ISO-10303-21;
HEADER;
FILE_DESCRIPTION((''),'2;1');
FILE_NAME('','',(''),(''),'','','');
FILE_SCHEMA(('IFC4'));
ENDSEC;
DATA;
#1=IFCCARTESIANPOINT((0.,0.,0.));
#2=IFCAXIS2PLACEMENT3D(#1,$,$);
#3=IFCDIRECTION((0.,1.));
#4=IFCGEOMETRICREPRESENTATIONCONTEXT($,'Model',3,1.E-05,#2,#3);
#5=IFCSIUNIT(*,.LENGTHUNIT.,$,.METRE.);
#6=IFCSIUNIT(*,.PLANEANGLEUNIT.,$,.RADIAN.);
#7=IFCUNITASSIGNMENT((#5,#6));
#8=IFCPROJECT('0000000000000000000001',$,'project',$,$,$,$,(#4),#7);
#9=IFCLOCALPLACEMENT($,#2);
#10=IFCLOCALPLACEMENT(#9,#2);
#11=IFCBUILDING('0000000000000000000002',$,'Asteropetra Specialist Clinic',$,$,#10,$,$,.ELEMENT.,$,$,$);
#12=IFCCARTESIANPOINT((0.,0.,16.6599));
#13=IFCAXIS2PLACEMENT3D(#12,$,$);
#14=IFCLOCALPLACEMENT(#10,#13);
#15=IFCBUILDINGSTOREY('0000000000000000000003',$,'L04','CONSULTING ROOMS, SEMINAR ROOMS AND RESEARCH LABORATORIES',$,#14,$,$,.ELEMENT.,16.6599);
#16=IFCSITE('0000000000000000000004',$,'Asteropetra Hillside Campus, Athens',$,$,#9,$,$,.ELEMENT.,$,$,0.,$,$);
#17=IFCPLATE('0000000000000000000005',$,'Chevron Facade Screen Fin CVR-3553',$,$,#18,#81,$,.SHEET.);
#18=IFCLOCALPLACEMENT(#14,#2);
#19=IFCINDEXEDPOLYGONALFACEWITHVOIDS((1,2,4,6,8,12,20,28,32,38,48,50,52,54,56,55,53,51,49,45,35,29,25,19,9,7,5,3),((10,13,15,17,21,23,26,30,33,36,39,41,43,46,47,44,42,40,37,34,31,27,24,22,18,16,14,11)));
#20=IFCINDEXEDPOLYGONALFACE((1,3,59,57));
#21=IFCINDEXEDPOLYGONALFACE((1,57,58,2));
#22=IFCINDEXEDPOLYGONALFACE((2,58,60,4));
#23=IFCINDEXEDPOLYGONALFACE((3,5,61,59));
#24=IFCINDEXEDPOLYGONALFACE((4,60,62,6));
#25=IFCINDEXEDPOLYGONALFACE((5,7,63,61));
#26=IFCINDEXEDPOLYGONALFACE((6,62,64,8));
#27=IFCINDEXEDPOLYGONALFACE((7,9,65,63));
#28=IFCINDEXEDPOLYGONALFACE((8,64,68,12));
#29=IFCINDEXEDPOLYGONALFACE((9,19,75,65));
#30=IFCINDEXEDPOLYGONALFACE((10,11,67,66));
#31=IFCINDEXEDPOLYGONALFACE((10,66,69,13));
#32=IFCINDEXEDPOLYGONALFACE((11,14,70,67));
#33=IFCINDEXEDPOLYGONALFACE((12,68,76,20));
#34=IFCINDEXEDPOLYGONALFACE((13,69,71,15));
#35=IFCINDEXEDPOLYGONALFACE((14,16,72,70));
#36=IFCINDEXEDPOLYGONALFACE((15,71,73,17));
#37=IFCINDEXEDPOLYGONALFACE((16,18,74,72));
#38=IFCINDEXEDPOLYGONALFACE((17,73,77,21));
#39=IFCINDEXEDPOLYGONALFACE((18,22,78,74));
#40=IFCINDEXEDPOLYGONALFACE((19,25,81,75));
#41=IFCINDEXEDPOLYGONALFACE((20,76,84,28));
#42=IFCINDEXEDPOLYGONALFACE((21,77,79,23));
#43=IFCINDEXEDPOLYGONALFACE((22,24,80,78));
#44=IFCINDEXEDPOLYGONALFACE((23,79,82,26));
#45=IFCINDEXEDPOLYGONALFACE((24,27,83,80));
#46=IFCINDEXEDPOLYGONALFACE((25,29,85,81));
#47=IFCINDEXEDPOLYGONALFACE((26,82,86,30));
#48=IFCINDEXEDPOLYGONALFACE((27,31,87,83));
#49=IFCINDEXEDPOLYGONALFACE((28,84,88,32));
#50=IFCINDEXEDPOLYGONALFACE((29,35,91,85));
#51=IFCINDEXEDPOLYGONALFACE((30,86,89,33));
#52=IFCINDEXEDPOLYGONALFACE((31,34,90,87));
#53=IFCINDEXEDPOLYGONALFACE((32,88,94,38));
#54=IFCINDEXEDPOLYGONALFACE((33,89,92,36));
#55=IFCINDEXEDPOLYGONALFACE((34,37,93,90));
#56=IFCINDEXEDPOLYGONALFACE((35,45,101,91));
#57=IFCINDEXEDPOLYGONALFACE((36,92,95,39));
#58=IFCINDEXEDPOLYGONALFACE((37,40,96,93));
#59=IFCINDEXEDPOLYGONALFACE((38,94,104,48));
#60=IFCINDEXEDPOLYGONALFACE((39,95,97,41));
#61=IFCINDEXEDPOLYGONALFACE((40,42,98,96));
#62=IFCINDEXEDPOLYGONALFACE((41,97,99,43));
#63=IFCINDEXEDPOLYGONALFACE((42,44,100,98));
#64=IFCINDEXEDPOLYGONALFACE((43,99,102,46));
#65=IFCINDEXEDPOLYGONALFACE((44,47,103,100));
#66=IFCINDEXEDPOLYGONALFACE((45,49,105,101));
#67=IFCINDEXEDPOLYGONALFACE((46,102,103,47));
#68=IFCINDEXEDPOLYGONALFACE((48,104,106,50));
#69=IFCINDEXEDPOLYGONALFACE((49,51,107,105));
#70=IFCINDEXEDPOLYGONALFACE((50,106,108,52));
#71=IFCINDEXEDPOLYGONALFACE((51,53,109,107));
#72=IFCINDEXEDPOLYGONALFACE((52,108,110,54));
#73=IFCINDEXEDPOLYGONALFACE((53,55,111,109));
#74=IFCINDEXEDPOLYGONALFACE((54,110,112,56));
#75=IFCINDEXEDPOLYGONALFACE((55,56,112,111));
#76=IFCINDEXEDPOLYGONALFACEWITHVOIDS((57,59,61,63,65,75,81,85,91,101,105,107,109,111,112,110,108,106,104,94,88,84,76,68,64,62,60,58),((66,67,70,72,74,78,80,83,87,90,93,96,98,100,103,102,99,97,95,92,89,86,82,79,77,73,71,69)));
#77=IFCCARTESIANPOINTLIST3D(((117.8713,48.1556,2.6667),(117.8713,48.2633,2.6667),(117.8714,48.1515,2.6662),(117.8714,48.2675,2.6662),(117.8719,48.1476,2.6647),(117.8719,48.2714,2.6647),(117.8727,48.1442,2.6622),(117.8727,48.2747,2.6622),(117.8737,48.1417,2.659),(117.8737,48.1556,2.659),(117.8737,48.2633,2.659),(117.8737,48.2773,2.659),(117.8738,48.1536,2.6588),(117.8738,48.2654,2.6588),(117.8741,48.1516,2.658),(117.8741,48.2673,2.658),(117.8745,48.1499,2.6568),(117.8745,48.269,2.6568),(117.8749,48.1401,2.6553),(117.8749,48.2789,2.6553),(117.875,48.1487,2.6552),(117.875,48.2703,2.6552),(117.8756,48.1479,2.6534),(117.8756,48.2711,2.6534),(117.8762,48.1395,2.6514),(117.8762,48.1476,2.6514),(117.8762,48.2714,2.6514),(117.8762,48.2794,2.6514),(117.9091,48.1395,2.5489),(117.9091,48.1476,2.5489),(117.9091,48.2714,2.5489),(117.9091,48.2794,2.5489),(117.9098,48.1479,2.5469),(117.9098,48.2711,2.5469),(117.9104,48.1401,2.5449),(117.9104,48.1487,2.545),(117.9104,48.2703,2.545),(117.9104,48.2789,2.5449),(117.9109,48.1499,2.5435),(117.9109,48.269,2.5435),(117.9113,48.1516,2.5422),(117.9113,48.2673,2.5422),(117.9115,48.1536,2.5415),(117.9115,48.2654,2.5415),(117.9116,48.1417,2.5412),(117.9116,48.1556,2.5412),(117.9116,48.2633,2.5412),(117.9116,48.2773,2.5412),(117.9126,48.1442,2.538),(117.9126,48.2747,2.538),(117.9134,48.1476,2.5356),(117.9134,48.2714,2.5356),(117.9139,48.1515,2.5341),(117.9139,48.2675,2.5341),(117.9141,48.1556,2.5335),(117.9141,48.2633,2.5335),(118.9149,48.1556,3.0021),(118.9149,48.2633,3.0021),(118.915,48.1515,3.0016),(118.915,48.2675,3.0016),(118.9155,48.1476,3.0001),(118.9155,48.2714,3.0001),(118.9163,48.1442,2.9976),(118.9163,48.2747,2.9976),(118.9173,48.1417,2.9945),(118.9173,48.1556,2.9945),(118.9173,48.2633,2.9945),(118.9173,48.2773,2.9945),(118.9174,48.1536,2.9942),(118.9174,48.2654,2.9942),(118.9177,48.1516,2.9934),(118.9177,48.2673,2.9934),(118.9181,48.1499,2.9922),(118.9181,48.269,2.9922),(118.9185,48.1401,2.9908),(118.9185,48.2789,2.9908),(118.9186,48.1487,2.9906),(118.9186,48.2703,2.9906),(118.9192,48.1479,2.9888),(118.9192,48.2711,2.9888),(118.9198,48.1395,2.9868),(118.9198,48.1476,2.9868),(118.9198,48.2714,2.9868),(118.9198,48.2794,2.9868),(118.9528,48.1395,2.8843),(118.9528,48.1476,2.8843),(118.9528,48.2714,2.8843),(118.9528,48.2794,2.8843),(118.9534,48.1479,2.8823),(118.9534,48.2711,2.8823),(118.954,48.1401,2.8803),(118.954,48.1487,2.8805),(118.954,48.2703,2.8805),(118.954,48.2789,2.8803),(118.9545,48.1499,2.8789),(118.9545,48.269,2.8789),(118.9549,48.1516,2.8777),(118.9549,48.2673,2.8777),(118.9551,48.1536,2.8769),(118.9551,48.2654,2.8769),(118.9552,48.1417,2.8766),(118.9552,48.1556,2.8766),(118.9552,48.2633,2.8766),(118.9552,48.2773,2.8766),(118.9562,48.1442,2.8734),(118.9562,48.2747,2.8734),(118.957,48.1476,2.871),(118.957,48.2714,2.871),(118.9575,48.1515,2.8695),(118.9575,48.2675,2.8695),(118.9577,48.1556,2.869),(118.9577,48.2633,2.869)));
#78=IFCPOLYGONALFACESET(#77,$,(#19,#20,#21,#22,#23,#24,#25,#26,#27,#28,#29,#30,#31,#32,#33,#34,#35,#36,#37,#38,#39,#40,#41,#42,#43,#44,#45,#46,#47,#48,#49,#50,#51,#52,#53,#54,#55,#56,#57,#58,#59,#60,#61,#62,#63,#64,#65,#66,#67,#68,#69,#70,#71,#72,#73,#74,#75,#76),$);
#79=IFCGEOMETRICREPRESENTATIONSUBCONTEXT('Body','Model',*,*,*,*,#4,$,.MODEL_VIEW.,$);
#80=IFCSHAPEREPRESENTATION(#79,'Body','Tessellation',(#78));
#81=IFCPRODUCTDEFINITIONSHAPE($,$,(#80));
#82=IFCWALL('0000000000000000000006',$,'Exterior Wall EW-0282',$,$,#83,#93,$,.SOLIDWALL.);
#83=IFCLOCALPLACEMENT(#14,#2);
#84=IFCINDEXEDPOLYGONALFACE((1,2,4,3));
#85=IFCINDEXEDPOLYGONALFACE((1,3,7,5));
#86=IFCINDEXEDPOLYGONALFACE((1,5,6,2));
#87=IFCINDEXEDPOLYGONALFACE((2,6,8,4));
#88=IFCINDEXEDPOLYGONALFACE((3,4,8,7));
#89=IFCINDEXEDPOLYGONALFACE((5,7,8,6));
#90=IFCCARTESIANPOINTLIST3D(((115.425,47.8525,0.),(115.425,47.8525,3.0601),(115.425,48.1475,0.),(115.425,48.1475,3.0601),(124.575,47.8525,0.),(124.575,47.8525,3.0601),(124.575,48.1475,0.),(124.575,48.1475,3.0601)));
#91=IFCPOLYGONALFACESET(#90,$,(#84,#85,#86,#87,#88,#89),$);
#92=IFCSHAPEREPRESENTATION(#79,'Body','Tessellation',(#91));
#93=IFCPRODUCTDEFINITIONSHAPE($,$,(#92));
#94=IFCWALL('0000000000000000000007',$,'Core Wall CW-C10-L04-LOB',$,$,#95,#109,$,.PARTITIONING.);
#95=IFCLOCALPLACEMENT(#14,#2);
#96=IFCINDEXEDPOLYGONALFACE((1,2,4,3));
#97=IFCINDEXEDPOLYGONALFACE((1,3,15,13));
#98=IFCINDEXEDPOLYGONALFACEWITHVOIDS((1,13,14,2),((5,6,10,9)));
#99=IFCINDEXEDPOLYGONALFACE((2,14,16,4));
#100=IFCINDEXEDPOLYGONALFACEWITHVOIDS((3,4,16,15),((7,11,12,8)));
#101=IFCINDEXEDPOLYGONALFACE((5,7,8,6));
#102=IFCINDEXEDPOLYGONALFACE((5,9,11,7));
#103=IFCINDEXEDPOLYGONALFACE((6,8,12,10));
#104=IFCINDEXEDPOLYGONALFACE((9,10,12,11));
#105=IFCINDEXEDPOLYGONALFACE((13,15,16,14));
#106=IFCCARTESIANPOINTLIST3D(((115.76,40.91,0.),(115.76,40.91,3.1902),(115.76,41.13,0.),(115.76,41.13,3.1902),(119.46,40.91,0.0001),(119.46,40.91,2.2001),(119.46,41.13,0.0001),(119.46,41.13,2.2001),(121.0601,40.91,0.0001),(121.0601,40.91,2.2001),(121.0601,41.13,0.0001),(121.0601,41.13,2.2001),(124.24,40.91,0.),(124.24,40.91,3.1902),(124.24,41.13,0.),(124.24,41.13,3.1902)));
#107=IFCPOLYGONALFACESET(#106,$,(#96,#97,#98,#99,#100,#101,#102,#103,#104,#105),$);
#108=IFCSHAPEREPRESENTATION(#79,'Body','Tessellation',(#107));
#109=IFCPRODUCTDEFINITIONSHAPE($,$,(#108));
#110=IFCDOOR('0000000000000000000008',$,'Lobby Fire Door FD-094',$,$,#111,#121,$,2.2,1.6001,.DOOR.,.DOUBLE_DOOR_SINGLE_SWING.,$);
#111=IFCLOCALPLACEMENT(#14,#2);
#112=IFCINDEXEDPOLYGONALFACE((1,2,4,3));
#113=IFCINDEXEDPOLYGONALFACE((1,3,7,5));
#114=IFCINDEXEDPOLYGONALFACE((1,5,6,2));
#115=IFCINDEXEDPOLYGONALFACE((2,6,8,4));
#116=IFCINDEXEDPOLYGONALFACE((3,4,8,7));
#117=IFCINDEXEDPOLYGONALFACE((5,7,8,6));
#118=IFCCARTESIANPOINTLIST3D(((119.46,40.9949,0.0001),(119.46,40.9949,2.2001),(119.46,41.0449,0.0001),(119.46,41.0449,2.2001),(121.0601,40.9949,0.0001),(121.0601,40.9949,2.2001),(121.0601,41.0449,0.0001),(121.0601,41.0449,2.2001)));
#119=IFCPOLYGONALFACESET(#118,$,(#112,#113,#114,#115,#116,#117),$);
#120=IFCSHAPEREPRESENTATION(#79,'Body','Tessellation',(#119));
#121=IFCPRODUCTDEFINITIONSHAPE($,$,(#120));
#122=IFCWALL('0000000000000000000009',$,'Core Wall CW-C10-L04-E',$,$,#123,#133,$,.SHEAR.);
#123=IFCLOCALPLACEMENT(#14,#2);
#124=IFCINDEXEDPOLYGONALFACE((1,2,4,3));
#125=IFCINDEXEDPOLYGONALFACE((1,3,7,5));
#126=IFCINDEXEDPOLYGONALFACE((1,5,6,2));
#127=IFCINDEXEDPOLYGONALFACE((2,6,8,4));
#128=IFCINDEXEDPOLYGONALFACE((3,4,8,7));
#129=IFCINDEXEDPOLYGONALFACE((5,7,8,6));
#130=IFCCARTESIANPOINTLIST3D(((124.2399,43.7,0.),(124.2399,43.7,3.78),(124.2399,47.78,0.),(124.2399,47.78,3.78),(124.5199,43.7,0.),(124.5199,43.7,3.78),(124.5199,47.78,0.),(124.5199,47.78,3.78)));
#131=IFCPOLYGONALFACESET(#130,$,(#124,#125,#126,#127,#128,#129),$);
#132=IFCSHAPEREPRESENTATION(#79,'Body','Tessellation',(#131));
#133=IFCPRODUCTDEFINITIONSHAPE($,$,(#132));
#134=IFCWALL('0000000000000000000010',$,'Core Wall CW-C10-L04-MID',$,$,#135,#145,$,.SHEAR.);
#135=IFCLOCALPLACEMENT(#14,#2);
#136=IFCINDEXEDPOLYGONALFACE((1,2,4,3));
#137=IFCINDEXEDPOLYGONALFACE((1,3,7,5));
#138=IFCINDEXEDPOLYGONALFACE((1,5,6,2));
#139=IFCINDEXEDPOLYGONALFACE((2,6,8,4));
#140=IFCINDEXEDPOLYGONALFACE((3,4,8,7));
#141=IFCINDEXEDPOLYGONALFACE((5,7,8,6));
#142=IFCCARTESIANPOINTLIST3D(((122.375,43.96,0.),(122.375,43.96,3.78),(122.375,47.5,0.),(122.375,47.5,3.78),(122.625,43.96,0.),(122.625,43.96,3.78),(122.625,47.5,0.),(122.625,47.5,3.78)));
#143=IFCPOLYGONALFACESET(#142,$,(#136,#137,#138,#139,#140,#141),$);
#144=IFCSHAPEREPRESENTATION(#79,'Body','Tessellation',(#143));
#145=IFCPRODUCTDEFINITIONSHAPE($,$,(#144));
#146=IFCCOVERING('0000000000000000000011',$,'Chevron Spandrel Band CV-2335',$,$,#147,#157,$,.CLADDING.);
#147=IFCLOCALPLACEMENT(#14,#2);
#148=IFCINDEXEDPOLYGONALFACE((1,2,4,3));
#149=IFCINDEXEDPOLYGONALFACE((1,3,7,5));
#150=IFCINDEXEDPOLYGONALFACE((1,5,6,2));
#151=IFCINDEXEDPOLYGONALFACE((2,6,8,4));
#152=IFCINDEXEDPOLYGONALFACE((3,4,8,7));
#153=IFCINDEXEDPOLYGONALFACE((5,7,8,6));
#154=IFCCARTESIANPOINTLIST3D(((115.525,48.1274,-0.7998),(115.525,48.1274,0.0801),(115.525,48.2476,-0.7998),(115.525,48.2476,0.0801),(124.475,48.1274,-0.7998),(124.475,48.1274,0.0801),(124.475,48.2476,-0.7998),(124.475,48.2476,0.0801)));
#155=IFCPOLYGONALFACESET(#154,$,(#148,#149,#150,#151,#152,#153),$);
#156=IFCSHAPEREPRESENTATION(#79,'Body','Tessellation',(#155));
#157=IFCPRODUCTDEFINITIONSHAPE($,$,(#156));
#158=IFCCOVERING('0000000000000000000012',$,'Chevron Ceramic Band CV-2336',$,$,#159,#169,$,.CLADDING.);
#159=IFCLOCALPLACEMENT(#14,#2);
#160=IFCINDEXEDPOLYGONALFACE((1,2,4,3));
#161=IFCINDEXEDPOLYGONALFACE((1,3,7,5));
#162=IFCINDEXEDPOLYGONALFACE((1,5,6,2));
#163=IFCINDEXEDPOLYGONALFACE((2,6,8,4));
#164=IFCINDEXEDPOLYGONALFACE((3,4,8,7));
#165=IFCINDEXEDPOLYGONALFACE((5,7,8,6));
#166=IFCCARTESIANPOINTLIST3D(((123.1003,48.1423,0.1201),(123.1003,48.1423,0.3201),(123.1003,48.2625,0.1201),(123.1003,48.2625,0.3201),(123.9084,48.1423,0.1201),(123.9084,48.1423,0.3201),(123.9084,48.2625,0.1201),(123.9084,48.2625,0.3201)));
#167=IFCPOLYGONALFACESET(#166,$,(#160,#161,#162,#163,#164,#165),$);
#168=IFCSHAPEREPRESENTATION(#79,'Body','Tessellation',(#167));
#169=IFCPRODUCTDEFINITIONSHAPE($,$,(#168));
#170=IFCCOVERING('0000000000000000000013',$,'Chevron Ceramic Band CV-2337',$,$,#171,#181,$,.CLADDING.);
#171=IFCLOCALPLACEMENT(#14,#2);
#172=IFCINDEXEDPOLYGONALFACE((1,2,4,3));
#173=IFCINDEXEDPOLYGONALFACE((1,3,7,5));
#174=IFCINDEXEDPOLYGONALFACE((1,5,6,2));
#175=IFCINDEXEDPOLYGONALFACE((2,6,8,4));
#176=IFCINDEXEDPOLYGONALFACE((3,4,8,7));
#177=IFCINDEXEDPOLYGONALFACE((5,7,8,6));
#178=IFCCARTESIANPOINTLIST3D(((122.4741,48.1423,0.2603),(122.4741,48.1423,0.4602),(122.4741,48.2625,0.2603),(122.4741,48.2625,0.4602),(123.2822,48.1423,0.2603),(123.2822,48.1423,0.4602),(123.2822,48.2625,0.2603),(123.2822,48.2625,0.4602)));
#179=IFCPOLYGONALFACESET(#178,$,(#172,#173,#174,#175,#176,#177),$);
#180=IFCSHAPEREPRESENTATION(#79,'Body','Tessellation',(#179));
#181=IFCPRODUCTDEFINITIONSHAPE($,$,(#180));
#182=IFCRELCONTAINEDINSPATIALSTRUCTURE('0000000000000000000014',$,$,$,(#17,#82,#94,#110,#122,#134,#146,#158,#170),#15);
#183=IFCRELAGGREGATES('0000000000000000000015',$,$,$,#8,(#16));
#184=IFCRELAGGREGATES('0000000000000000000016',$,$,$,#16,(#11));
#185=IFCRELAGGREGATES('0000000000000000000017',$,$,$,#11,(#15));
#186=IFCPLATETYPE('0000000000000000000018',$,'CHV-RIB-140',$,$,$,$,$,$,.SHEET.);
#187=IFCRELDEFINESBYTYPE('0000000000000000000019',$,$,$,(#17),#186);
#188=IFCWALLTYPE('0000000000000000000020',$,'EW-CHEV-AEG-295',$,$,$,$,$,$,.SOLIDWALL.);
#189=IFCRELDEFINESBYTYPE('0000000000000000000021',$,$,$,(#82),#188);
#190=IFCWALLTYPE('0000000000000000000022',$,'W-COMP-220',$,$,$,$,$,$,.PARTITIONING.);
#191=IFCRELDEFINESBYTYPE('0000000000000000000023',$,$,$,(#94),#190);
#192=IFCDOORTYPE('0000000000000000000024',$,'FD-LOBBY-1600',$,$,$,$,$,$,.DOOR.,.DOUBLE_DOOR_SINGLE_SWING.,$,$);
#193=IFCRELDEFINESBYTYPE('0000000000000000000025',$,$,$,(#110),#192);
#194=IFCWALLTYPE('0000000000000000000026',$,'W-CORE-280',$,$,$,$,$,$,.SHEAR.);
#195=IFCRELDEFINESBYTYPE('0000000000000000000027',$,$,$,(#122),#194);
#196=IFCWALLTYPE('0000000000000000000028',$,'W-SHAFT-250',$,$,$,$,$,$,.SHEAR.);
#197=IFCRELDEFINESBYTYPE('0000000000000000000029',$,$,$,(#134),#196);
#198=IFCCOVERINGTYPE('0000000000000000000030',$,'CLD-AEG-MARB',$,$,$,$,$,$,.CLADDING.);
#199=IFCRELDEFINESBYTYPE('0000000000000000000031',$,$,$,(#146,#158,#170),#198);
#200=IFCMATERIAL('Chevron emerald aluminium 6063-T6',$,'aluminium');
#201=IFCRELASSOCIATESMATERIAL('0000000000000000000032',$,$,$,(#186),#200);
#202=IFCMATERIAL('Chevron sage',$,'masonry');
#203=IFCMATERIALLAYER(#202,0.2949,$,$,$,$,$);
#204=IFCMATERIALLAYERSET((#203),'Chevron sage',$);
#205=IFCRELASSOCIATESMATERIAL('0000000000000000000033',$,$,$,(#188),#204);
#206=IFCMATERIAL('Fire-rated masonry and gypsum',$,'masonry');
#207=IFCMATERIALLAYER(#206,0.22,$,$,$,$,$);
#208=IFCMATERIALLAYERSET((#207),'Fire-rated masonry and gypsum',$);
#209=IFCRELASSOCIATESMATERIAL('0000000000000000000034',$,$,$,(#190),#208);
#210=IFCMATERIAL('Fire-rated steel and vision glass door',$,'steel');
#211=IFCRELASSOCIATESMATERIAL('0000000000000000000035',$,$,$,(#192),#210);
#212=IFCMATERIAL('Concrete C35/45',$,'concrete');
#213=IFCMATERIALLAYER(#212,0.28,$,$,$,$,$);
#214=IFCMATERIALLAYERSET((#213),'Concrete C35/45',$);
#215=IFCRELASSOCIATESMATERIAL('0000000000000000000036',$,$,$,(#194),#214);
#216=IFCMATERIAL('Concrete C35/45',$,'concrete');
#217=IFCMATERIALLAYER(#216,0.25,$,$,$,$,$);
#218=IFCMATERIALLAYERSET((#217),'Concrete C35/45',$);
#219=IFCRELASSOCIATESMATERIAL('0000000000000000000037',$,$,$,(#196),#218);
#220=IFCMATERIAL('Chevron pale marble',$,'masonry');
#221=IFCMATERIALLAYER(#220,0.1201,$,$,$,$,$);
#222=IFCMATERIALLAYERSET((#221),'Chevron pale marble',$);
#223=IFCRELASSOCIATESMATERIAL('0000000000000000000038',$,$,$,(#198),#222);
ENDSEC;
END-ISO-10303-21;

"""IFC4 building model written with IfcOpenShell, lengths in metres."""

from ifc_helpers import new_model, si_unit, direction, frame, frame_2d, origin, origin_2d, place, context, subcontext, project, spatial, rectangle, hollow_rectangle, extrude, material, layer, layer_set, material_profile, profile_set, type_object, element, fill, save


model = new_model("IFC4")

# Units and contexts
model_context = context("Model", 3, precision=1e-05, world=origin(), true_north=direction((0.0, 1.0)))
body_context = subcontext(model_context, "Body", "Model", "MODEL_VIEW")
ifc_project = project(units=[si_unit("LENGTHUNIT", "METRE"), si_unit("PLANEANGLEUNIT", "RADIAN")], contexts=[model_context])

# Site, building, storey
site_placement = place(None, origin())
site = spatial("IfcSite", under=ifc_project, at=site_placement, Name="Asteropetra Hillside Campus, Athens", CompositionType="ELEMENT", RefElevation=0.0)
building_placement = place(site_placement, origin())
building = spatial("IfcBuilding", under=site, at=building_placement, Name="Asteropetra Specialist Clinic", CompositionType="ELEMENT")
storey_placement = place(building_placement, frame((0.0, 0.0, 16.6599)))
storey = spatial("IfcBuildingStorey", under=building, at=storey_placement, Name="L04", Description="CONSULTING ROOMS, SEMINAR ROOMS AND RESEARCH LABORATORIES", CompositionType="ELEMENT", Elevation=16.6599)

# Plate
ifc_material_1 = material(Name="Chevron emerald aluminium 6063-T6", Category="aluminium")
ifc_material_profile = material_profile(ifc_material_1, hollow_rectangle(XDim=0.1399, YDim=0.1399, WallThickness=0.0081, InnerFilletRadius=0.0081, OuterFilletRadius=0.0161, at=origin_2d()), Name="SHS 140x140x8.0")
ifc_profile_set = profile_set([ifc_material_profile], Name="Chevron emerald aluminium 6063-T6")
plate_type = type_object("IfcPlateType", Name="CHV-RIB-140", PredefinedType="SHEET", material=ifc_profile_set)
for number, where, z_axis, x_axis, name in (
    (1, (118.9363, 48.2095, 2.9355), (-0.952036, 0.0, -0.305988), (0.0, -1.0, 0.0), "Chevron Facade Screen Fin CVR-3553"),
):
    element("IfcPlate", number, at=place(storey_placement, frame(where, z_axis=z_axis, x_axis=x_axis)), inside=storey, type_object=plate_type, Name=name, PredefinedType="SHEET", context=body_context, shape_type="SweptSolid", body=[
        extrude(hollow_rectangle(XDim=0.1399, YDim=0.1399, WallThickness=0.0081, InnerFilletRadius=0.0081, OuterFilletRadius=0.0161, at=origin_2d()), origin(), (0.0, 0.0, 1.0), 1.0962),
    ])

# Wall
ifc_material_2 = material(Name="Chevron sage", Category="masonry")
ifc_layer_1 = layer(ifc_material_2, 0.2949)
ifc_layer_set_1 = layer_set([ifc_layer_1], Name="Chevron sage")
wall_type_1 = type_object("IfcWallType", Name="EW-CHEV-AEG-295", PredefinedType="SOLIDWALL", material=ifc_layer_set_1)
wall_1_placement = place(storey_placement, frame((124.575, 48.0, 0.0), z_axis=(0.0, 0.0, 1.0), x_axis=(-1.0, 0.0, 0.0)))
element("IfcWall", 2, at=wall_1_placement, inside=storey, type_object=wall_type_1, Name="Exterior Wall EW-0282", PredefinedType="SOLIDWALL", context=body_context, shape_type="SweptSolid", body=[
    extrude(rectangle(XDim=9.1499, YDim=0.2949, at=frame_2d((4.575, 0.0))), origin(), (0.0, 0.0, 1.0), 3.0601),
])

# Wall, opening, door
ifc_material_3 = material(Name="Fire-rated masonry and gypsum", Category="masonry")
ifc_layer_2 = layer(ifc_material_3, 0.22)
ifc_layer_set_2 = layer_set([ifc_layer_2], Name="Fire-rated masonry and gypsum")
wall_type_2 = type_object("IfcWallType", Name="W-COMP-220", PredefinedType="PARTITIONING", material=ifc_layer_set_2)
wall_2_placement = place(storey_placement, frame((115.76, 41.02, 0.0), z_axis=(0.0, 0.0, 1.0), x_axis=(1.0, 0.0, 0.0)))
wall_2 = element("IfcWall", 3, at=wall_2_placement, inside=storey, type_object=wall_type_2, Name="Core Wall CW-C10-L04-LOB", PredefinedType="PARTITIONING", context=body_context, shape_type="SweptSolid", body=[
    extrude(rectangle(XDim=8.48, YDim=0.22, at=frame_2d((4.24, 0.0))), origin(), (0.0, 0.0, 1.0), 3.1902),
])
opening_1_placement = place(wall_2_placement, frame((3.7, 0.0, 0.0)))
opening_1 = element("IfcOpeningElement", 4, at=opening_1_placement, cuts=wall_2, PredefinedType="OPENING", context=body_context, shape_type="SweptSolid", body=[
    extrude(rectangle(XDim=1.6001, YDim=2.2, at=frame_2d((0.8, 1.1001))), frame((0.0, 0.1199, 0.0), z_axis=(0.0, -1.0, 0.0), x_axis=(1.0, 0.0, 0.0)), (0.0, 0.0, 1.0), 0.24),
])
ifc_material_4 = material(Name="Fire-rated steel and vision glass door", Category="steel")
door_type_1 = type_object("IfcDoorType", Name="FD-LOBBY-1600", OperationType="DOUBLE_DOOR_SINGLE_SWING", PredefinedType="DOOR", material=ifc_material_4)
door_1_placement = place(opening_1_placement, origin())
door_1 = element("IfcDoor", 5, at=door_1_placement, inside=storey, type_object=door_type_1, Name="Lobby Fire Door FD-094", OperationType="DOUBLE_DOOR_SINGLE_SWING", OverallHeight=2.2, OverallWidth=1.6001, PredefinedType="DOOR", context=body_context, shape_type="SweptSolid", body=[
    extrude(rectangle(XDim=1.6001, YDim=2.2, at=frame_2d((0.8, 1.1001))), frame((0.0, 0.0249, 0.0), z_axis=(0.0, -1.0, 0.0), x_axis=(1.0, 0.0, 0.0)), (0.0, 0.0, 1.0), 0.05),
])
fill(opening_1, door_1)

# Walls
ifc_material_5 = material(Name="Concrete C35/45", Category="concrete")
ifc_layer_3 = layer(ifc_material_5, 0.28)
ifc_layer_set_3 = layer_set([ifc_layer_3], Name="Concrete C35/45")
wall_type_3 = type_object("IfcWallType", Name="W-CORE-280", PredefinedType="SHEAR", material=ifc_layer_set_3)
wall_3_placement = place(storey_placement, frame((124.3799, 43.7, 0.0), z_axis=(0.0, 0.0, 1.0), x_axis=(0.0, 1.0, 0.0)))
element("IfcWall", 6, at=wall_3_placement, inside=storey, type_object=wall_type_3, Name="Core Wall CW-C10-L04-E", PredefinedType="SHEAR", context=body_context, shape_type="SweptSolid", body=[
    extrude(rectangle(XDim=4.0801, YDim=0.28, at=frame_2d((2.04, 0.0))), origin(), (0.0, 0.0, 1.0), 3.78),
])
ifc_material_6 = material(Name="Concrete C35/45", Category="concrete")
ifc_layer_4 = layer(ifc_material_6, 0.25)
ifc_layer_set_4 = layer_set([ifc_layer_4], Name="Concrete C35/45")
wall_type_4 = type_object("IfcWallType", Name="W-SHAFT-250", PredefinedType="SHEAR", material=ifc_layer_set_4)
wall_4_placement = place(storey_placement, frame((122.5, 43.96, 0.0), z_axis=(0.0, 0.0, 1.0), x_axis=(0.0, 1.0, 0.0)))
element("IfcWall", 7, at=wall_4_placement, inside=storey, type_object=wall_type_4, Name="Core Wall CW-C10-L04-MID", PredefinedType="SHEAR", context=body_context, shape_type="SweptSolid", body=[
    extrude(rectangle(XDim=3.54, YDim=0.25, at=frame_2d((1.77, 0.0))), origin(), (0.0, 0.0, 1.0), 3.78),
])

# Coverings
ifc_material_7 = material(Name="Chevron pale marble", Category="masonry")
ifc_layer_5 = layer(ifc_material_7, 0.1201)
ifc_layer_set_5 = layer_set([ifc_layer_5], Name="Chevron pale marble")
covering_type_1 = type_object("IfcCoveringType", Name="CLD-AEG-MARB", PredefinedType="CLADDING", material=ifc_layer_set_5)
covering_placement = place(storey_placement, frame((120.0, 48.1875, -0.7998), z_axis=(0.0, 0.0, 1.0), x_axis=(1.0, 0.0, 0.0)))
element("IfcCovering", 8, at=covering_placement, inside=storey, type_object=covering_type_1, Name="Chevron Spandrel Band CV-2335", PredefinedType="CLADDING", context=body_context, shape_type="SweptSolid", body=[
    extrude(rectangle(XDim=8.95, YDim=0.1201, at=origin_2d()), origin(), (0.0, 0.0, 1.0), 0.8799),
])
for number, where, z_axis, x_axis, name in (
    (9, (123.5044, 48.2024, 0.1201), (0.0, 0.0, 1.0), (1.0, 0.0, 0.0), "Chevron Ceramic Band CV-2336"),
    (10, (122.8782, 48.2024, 0.2603), (0.0, 0.0, 1.0), (1.0, 0.0, 0.0), "Chevron Ceramic Band CV-2337"),
):
    element("IfcCovering", number, at=place(storey_placement, frame(where, z_axis=z_axis, x_axis=x_axis)), inside=storey, type_object=covering_type_1, Name=name, PredefinedType="CLADDING", context=body_context, shape_type="SweptSolid", body=[
        extrude(rectangle(XDim=0.8081, YDim=0.1201, at=origin_2d()), origin(), (0.0, 0.0, 1.0), 0.2),
    ])

save(model, "model.ifc")
